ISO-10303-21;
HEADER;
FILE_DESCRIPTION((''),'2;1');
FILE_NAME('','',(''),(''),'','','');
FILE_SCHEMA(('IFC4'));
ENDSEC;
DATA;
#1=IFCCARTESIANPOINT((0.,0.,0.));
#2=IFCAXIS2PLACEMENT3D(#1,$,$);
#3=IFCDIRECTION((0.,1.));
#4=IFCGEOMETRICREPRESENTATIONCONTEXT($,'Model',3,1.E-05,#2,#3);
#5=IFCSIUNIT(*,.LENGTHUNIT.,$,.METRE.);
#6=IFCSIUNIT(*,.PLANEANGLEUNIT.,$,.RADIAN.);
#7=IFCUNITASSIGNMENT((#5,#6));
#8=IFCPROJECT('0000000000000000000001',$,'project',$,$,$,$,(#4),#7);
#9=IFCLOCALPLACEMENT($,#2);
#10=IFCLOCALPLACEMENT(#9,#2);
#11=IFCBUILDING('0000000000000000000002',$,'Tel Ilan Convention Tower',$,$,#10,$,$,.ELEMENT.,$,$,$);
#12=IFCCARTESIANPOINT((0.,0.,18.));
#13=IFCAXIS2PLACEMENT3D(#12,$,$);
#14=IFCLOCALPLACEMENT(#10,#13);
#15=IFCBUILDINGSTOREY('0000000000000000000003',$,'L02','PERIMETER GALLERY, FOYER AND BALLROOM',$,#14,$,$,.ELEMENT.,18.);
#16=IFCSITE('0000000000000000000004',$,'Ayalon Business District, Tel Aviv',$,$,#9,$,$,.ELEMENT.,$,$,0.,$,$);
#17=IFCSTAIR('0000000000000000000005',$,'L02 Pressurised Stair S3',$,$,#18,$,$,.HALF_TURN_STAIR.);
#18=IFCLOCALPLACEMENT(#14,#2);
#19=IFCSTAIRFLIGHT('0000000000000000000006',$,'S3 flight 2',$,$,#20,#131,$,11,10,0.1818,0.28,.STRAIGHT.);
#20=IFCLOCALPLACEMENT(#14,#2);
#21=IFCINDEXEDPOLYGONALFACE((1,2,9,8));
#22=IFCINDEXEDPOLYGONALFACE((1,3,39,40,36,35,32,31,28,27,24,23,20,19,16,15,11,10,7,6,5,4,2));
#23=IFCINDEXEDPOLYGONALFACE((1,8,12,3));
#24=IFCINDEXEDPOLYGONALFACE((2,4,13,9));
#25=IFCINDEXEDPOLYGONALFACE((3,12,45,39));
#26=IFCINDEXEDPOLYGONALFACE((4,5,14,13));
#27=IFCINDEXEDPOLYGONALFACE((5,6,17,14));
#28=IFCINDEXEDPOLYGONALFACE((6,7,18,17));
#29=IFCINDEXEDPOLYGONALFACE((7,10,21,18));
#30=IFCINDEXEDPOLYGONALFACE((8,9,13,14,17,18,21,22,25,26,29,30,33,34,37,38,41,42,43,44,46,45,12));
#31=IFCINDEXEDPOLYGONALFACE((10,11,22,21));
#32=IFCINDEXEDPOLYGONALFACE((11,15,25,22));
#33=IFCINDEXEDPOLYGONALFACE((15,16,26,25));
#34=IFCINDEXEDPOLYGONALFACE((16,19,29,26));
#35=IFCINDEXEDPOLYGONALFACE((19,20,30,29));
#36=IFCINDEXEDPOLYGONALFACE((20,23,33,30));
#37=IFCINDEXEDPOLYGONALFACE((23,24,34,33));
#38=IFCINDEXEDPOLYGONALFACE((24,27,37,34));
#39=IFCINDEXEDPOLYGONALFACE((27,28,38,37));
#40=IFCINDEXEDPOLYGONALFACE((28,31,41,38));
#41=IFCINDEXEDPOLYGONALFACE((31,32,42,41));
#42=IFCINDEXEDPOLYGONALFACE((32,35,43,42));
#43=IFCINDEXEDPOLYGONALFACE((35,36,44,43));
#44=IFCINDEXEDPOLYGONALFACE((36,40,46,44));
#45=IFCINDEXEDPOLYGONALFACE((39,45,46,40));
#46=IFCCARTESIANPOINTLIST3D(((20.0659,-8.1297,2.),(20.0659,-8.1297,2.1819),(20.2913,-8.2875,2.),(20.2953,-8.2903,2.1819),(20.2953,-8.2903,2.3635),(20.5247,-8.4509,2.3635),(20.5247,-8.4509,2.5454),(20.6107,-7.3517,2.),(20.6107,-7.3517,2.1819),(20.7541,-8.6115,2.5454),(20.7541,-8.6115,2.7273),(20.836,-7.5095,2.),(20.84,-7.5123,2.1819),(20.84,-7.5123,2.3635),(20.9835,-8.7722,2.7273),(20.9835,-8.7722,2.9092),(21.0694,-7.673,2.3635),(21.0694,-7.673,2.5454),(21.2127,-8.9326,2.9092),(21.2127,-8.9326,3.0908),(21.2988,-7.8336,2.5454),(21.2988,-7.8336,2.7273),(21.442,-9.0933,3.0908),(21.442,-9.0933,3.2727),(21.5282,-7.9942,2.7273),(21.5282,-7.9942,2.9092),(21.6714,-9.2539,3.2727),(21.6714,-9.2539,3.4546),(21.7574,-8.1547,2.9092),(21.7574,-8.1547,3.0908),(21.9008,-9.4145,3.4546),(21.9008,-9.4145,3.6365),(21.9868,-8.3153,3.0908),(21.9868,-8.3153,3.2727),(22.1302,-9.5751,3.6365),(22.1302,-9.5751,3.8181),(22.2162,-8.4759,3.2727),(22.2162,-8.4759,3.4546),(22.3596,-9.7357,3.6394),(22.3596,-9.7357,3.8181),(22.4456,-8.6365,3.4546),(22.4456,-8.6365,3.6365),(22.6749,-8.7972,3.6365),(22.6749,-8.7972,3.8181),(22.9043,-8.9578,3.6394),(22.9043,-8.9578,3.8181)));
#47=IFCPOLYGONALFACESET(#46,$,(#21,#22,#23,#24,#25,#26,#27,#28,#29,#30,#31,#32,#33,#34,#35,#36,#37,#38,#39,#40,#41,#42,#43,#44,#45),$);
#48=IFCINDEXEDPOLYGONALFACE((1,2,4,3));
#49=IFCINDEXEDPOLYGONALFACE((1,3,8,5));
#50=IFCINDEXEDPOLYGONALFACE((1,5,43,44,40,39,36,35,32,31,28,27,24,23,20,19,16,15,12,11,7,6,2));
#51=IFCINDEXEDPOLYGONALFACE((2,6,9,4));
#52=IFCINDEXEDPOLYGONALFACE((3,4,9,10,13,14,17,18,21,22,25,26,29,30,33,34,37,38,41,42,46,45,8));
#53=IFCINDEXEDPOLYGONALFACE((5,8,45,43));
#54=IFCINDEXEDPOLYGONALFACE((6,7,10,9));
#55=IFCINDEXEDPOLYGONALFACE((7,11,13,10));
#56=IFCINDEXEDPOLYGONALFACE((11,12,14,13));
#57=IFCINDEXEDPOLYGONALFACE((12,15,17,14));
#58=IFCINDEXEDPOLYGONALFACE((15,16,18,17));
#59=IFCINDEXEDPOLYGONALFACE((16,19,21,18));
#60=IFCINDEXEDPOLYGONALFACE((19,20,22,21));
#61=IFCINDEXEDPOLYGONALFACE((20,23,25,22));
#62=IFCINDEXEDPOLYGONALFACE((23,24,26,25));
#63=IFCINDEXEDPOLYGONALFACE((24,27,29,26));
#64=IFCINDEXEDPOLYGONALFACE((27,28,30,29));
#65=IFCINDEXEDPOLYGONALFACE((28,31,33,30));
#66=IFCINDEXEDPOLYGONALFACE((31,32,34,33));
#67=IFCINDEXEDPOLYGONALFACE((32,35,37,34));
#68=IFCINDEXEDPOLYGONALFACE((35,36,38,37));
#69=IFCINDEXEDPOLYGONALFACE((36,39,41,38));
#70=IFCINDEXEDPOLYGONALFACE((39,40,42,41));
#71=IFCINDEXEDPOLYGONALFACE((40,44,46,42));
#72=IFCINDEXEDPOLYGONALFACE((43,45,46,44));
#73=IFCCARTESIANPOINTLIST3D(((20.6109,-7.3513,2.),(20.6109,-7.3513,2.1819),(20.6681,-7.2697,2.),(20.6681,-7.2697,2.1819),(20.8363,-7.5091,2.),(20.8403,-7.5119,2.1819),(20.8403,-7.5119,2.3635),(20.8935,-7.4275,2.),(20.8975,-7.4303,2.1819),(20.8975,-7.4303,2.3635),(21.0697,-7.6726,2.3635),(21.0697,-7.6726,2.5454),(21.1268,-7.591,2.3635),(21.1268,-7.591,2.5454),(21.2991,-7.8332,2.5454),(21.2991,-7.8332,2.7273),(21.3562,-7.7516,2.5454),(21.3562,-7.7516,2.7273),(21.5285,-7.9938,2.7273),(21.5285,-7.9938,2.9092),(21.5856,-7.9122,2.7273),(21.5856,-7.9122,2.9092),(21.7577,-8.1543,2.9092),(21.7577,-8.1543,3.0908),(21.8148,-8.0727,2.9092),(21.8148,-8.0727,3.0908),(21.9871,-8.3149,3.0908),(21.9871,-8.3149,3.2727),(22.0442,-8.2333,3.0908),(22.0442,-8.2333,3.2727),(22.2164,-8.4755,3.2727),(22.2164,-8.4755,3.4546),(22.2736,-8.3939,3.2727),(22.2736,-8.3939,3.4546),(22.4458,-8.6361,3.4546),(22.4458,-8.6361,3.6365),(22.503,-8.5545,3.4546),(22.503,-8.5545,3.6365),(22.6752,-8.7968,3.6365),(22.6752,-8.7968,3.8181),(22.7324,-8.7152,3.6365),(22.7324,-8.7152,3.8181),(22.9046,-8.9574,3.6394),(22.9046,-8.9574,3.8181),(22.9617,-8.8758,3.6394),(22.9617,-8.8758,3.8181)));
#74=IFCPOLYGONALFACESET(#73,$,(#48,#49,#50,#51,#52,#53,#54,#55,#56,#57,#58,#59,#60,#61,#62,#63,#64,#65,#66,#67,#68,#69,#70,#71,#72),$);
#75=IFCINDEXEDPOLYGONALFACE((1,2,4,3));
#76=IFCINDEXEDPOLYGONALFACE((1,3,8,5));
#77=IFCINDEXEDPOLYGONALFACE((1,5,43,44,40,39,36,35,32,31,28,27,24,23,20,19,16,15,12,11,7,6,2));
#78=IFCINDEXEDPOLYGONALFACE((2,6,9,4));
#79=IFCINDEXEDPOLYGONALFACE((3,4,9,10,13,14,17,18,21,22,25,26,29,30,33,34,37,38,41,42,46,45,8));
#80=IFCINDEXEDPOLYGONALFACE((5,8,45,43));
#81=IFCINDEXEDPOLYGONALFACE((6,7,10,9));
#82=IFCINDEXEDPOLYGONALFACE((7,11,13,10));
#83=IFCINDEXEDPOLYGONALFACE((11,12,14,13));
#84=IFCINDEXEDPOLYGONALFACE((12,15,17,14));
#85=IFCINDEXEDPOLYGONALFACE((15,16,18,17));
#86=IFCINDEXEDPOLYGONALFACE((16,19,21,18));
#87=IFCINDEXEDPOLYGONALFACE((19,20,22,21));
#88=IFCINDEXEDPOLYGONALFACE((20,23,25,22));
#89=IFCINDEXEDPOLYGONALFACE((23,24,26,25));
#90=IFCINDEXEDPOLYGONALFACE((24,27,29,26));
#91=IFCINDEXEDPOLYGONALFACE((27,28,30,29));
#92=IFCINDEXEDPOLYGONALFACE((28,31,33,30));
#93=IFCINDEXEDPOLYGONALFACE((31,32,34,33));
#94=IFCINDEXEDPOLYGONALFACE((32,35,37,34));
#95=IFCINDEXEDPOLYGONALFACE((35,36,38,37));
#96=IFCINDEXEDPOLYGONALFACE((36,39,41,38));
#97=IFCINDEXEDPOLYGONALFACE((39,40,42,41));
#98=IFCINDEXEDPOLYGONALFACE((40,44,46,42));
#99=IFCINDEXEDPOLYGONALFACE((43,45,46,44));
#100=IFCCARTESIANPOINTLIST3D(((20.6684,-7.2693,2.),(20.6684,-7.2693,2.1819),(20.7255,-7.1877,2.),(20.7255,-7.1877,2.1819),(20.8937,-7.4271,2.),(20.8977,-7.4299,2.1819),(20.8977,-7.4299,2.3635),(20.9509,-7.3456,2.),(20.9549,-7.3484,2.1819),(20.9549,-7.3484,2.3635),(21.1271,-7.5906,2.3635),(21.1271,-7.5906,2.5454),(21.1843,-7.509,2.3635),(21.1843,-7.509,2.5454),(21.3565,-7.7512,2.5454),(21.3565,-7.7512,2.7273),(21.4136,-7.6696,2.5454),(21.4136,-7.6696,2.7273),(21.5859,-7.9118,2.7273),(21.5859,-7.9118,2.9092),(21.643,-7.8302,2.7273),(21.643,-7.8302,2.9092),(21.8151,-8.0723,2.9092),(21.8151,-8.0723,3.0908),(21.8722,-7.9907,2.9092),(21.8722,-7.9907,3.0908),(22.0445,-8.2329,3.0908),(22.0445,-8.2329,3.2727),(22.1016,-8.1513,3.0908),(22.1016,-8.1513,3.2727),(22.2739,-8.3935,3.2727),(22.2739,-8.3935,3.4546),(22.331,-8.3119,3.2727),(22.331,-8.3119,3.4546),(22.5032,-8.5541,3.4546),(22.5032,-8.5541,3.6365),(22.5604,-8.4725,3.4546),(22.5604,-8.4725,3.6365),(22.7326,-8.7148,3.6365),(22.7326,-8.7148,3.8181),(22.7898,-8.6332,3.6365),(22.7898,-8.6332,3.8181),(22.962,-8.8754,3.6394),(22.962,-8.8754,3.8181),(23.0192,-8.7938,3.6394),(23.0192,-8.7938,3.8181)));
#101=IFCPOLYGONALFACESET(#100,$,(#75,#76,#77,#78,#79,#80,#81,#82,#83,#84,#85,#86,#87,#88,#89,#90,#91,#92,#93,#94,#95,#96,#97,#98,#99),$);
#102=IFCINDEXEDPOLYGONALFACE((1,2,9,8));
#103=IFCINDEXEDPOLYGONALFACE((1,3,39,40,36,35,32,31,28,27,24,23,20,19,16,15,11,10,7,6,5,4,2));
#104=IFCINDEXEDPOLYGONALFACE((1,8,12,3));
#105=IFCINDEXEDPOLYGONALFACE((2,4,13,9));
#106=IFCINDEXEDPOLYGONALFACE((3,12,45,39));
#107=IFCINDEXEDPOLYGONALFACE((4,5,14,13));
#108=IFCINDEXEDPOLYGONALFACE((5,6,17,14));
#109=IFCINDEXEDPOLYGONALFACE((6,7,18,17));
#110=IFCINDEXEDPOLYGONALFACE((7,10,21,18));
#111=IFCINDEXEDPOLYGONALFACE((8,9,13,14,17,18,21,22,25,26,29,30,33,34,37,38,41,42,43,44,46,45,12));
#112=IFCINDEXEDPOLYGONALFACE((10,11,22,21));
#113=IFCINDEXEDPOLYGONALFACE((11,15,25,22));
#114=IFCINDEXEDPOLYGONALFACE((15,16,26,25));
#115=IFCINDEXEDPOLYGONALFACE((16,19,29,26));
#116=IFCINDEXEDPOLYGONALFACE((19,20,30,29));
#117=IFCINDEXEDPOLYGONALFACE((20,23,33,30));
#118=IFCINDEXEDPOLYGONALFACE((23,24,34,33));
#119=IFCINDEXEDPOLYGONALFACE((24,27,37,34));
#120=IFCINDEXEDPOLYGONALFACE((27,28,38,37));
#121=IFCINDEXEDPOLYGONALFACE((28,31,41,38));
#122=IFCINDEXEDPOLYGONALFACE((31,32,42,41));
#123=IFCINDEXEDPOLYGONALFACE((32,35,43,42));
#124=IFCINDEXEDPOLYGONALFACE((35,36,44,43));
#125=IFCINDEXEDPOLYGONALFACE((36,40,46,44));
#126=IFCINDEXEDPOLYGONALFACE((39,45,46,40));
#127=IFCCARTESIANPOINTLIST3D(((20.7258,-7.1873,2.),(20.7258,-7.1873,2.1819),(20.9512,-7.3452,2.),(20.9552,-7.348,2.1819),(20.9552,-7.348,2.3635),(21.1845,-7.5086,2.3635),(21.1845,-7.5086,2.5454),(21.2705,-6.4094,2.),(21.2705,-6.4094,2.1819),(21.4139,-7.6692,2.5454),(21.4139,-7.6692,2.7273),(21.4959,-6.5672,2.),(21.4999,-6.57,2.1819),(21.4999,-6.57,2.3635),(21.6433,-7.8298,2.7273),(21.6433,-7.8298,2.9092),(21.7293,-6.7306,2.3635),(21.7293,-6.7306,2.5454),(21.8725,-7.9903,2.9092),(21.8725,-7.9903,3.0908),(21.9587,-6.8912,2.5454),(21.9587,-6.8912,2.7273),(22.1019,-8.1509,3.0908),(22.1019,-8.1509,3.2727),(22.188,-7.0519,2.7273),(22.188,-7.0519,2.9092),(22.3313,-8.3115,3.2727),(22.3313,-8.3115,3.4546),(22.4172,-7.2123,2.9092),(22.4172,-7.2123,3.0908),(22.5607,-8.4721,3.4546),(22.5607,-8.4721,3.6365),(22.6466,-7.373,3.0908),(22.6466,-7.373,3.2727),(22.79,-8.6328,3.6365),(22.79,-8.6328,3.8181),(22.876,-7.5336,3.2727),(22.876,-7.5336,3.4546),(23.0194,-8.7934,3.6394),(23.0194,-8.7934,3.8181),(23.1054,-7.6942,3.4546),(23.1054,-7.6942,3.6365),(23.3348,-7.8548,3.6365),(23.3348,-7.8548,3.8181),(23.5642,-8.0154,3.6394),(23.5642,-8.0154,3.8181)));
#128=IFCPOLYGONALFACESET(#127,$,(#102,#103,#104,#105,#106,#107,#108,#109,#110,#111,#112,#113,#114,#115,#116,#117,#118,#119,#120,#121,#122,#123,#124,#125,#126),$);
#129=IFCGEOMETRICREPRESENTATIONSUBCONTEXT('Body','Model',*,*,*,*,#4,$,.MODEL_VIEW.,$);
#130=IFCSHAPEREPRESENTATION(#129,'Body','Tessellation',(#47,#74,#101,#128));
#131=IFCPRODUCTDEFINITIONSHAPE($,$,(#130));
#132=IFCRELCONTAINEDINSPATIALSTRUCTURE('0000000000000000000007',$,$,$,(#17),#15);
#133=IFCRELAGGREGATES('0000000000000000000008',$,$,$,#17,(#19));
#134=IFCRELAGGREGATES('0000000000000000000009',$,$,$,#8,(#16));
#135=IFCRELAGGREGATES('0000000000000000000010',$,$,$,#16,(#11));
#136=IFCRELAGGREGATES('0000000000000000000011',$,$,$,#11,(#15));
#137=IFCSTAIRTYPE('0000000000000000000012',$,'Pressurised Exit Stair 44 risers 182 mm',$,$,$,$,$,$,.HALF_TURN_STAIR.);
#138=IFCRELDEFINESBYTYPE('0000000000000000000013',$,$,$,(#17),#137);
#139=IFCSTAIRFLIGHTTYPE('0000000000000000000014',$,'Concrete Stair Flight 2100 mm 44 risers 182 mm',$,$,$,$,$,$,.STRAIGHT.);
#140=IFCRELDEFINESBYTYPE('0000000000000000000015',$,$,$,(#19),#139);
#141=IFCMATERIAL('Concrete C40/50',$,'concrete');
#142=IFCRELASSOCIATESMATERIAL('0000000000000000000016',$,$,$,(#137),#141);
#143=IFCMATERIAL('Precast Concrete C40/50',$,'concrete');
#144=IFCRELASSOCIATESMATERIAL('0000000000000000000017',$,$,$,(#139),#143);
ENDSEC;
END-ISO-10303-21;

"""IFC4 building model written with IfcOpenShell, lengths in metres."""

from ifc_helpers import new_model, si_unit, direction, frame, origin, place, context, subcontext, project, spatial, polyline, outline, extrude, material, type_object, element, aggregate, save


model = new_model("IFC4")

# Units and contexts
model_context = context("Model", 3, precision=1e-05, world=origin(), true_north=direction((0.0, 1.0)))
body_context = subcontext(model_context, "Body", "Model", "MODEL_VIEW")
ifc_project = project(units=[si_unit("LENGTHUNIT", "METRE"), si_unit("PLANEANGLEUNIT", "RADIAN")], contexts=[model_context])

# Site, building, storey
site_placement = place(None, origin())
site = spatial("IfcSite", under=ifc_project, at=site_placement, Name="Ayalon Business District, Tel Aviv", CompositionType="ELEMENT", RefElevation=0.0)
building_placement = place(site_placement, origin())
building = spatial("IfcBuilding", under=site, at=building_placement, Name="Tel Ilan Convention Tower", CompositionType="ELEMENT")
storey_placement = place(building_placement, frame((0.0, 0.0, 18.0)))
storey = spatial("IfcBuildingStorey", under=building, at=storey_placement, Name="L02", Description="PERIMETER GALLERY, FOYER AND BALLROOM", CompositionType="ELEMENT", Elevation=18.0)

# Stair, stair flight
ifc_material_1 = material(Name="Concrete C40/50", Category="concrete")
stair_type = type_object("IfcStairType", Name="Pressurised Exit Stair 44 risers 182 mm", PredefinedType="HALF_TURN_STAIR", material=ifc_material_1)
stair_placement = place(storey_placement, origin())
stair = element("IfcStair", 1, at=stair_placement, inside=storey, type_object=stair_type, Name="L02 Pressurised Stair S3", PredefinedType="HALF_TURN_STAIR")
ifc_material_2 = material(Name="Precast Concrete C40/50", Category="concrete")
stair_flight_type = type_object("IfcStairFlightType", Name="Concrete Stair Flight 2100 mm 44 risers 182 mm", PredefinedType="STRAIGHT", material=ifc_material_2)
stair_flight_1_placement = place(storey_placement, frame((20.6682, -7.2695, 2.0), z_axis=(0.0, 0.0, 1.0), x_axis=(0.819152, -0.573576, 0.0)))
stair_flight_1 = element("IfcStairFlight", 2, at=stair_flight_1_placement, type_object=stair_flight_type, Name="S3 flight 2", NumberOfRisers=11, NumberOfTreads=10, PredefinedType="STRAIGHT", RiserHeight=0.1818, TreadLength=0.28, context=body_context, shape_type="SweptSolid", body=[
    extrude(outline(polyline([(0.0, 0.0), (0.0, 0.1819), (0.28, 0.1819), (0.28, 0.3635), (0.5601, 0.3635), (0.5601, 0.5454), (0.8401, 0.5454), (0.8401, 0.7273), (1.1201, 0.7273), (1.1201, 0.9092), (1.3999, 0.9092), (1.3999, 1.0908), (1.6799, 1.0908), (1.6799, 1.2727), (1.96, 1.2727), (1.96, 1.4546), (2.24, 1.4546), (2.24, 1.6365), (2.52, 1.6365), (2.52, 1.8181), (2.8, 1.8181), (2.8, 2.0), (2.8, 1.6394), (0.2751, 0.0), (0.0, 0.0)])), frame((0.0, -0.1003, 0.0), z_axis=(0.0, -1.0, 0.0), x_axis=(1.0, 0.0, 0.0)), (0.0, 0.0, 1.0), 0.9497),
    extrude(outline(polyline([(0.0, 0.0), (0.0, 0.1819), (0.28, 0.1819), (0.28, 0.3635), (0.5601, 0.3635), (0.5601, 0.5454), (0.8401, 0.5454), (0.8401, 0.7273), (1.1201, 0.7273), (1.1201, 0.9092), (1.3999, 0.9092), (1.3999, 1.0908), (1.6799, 1.0908), (1.6799, 1.2727), (1.96, 1.2727), (1.96, 1.4546), (2.24, 1.4546), (2.24, 1.6365), (2.52, 1.6365), (2.52, 1.8181), (2.8, 1.8181), (2.8, 2.0), (2.8, 1.6394), (0.2751, 0.0), (0.0, 0.0)])), frame((0.0, -0.0002, 0.0), z_axis=(0.0, -1.0, 0.0), x_axis=(1.0, 0.0, 0.0)), (0.0, 0.0, 1.0), 0.0996),
    extrude(outline(polyline([(0.0, 0.0), (0.0, 0.1819), (0.28, 0.1819), (0.28, 0.3635), (0.5601, 0.3635), (0.5601, 0.5454), (0.8401, 0.5454), (0.8401, 0.7273), (1.1201, 0.7273), (1.1201, 0.9092), (1.3999, 0.9092), (1.3999, 1.0908), (1.6799, 1.0908), (1.6799, 1.2727), (1.96, 1.2727), (1.96, 1.4546), (2.24, 1.4546), (2.24, 1.6365), (2.52, 1.6365), (2.52, 1.8181), (2.8, 1.8181), (2.8, 2.0), (2.8, 1.6394), (0.2751, 0.0), (0.0, 0.0)])), frame((0.0, 0.0999, 0.0), z_axis=(0.0, -1.0, 0.0), x_axis=(1.0, 0.0, 0.0)), (0.0, 0.0, 1.0), 0.0996),
    extrude(outline(polyline([(0.0, 0.0), (0.0, 0.1819), (0.28, 0.1819), (0.28, 0.3635), (0.5601, 0.3635), (0.5601, 0.5454), (0.8401, 0.5454), (0.8401, 0.7273), (1.1201, 0.7273), (1.1201, 0.9092), (1.3999, 0.9092), (1.3999, 1.0908), (1.6799, 1.0908), (1.6799, 1.2727), (1.96, 1.2727), (1.96, 1.4546), (2.24, 1.4546), (2.24, 1.6365), (2.52, 1.6365), (2.52, 1.8181), (2.8, 1.8181), (2.8, 2.0), (2.8, 1.6394), (0.2751, 0.0), (0.0, 0.0)])), frame((0.0, 1.05, 0.0), z_axis=(0.0, -1.0, 0.0), x_axis=(1.0, 0.0, 0.0)), (0.0, 0.0, 1.0), 0.9497),
])
aggregate(stair, [stair_flight_1])

save(model, "model.ifc")
